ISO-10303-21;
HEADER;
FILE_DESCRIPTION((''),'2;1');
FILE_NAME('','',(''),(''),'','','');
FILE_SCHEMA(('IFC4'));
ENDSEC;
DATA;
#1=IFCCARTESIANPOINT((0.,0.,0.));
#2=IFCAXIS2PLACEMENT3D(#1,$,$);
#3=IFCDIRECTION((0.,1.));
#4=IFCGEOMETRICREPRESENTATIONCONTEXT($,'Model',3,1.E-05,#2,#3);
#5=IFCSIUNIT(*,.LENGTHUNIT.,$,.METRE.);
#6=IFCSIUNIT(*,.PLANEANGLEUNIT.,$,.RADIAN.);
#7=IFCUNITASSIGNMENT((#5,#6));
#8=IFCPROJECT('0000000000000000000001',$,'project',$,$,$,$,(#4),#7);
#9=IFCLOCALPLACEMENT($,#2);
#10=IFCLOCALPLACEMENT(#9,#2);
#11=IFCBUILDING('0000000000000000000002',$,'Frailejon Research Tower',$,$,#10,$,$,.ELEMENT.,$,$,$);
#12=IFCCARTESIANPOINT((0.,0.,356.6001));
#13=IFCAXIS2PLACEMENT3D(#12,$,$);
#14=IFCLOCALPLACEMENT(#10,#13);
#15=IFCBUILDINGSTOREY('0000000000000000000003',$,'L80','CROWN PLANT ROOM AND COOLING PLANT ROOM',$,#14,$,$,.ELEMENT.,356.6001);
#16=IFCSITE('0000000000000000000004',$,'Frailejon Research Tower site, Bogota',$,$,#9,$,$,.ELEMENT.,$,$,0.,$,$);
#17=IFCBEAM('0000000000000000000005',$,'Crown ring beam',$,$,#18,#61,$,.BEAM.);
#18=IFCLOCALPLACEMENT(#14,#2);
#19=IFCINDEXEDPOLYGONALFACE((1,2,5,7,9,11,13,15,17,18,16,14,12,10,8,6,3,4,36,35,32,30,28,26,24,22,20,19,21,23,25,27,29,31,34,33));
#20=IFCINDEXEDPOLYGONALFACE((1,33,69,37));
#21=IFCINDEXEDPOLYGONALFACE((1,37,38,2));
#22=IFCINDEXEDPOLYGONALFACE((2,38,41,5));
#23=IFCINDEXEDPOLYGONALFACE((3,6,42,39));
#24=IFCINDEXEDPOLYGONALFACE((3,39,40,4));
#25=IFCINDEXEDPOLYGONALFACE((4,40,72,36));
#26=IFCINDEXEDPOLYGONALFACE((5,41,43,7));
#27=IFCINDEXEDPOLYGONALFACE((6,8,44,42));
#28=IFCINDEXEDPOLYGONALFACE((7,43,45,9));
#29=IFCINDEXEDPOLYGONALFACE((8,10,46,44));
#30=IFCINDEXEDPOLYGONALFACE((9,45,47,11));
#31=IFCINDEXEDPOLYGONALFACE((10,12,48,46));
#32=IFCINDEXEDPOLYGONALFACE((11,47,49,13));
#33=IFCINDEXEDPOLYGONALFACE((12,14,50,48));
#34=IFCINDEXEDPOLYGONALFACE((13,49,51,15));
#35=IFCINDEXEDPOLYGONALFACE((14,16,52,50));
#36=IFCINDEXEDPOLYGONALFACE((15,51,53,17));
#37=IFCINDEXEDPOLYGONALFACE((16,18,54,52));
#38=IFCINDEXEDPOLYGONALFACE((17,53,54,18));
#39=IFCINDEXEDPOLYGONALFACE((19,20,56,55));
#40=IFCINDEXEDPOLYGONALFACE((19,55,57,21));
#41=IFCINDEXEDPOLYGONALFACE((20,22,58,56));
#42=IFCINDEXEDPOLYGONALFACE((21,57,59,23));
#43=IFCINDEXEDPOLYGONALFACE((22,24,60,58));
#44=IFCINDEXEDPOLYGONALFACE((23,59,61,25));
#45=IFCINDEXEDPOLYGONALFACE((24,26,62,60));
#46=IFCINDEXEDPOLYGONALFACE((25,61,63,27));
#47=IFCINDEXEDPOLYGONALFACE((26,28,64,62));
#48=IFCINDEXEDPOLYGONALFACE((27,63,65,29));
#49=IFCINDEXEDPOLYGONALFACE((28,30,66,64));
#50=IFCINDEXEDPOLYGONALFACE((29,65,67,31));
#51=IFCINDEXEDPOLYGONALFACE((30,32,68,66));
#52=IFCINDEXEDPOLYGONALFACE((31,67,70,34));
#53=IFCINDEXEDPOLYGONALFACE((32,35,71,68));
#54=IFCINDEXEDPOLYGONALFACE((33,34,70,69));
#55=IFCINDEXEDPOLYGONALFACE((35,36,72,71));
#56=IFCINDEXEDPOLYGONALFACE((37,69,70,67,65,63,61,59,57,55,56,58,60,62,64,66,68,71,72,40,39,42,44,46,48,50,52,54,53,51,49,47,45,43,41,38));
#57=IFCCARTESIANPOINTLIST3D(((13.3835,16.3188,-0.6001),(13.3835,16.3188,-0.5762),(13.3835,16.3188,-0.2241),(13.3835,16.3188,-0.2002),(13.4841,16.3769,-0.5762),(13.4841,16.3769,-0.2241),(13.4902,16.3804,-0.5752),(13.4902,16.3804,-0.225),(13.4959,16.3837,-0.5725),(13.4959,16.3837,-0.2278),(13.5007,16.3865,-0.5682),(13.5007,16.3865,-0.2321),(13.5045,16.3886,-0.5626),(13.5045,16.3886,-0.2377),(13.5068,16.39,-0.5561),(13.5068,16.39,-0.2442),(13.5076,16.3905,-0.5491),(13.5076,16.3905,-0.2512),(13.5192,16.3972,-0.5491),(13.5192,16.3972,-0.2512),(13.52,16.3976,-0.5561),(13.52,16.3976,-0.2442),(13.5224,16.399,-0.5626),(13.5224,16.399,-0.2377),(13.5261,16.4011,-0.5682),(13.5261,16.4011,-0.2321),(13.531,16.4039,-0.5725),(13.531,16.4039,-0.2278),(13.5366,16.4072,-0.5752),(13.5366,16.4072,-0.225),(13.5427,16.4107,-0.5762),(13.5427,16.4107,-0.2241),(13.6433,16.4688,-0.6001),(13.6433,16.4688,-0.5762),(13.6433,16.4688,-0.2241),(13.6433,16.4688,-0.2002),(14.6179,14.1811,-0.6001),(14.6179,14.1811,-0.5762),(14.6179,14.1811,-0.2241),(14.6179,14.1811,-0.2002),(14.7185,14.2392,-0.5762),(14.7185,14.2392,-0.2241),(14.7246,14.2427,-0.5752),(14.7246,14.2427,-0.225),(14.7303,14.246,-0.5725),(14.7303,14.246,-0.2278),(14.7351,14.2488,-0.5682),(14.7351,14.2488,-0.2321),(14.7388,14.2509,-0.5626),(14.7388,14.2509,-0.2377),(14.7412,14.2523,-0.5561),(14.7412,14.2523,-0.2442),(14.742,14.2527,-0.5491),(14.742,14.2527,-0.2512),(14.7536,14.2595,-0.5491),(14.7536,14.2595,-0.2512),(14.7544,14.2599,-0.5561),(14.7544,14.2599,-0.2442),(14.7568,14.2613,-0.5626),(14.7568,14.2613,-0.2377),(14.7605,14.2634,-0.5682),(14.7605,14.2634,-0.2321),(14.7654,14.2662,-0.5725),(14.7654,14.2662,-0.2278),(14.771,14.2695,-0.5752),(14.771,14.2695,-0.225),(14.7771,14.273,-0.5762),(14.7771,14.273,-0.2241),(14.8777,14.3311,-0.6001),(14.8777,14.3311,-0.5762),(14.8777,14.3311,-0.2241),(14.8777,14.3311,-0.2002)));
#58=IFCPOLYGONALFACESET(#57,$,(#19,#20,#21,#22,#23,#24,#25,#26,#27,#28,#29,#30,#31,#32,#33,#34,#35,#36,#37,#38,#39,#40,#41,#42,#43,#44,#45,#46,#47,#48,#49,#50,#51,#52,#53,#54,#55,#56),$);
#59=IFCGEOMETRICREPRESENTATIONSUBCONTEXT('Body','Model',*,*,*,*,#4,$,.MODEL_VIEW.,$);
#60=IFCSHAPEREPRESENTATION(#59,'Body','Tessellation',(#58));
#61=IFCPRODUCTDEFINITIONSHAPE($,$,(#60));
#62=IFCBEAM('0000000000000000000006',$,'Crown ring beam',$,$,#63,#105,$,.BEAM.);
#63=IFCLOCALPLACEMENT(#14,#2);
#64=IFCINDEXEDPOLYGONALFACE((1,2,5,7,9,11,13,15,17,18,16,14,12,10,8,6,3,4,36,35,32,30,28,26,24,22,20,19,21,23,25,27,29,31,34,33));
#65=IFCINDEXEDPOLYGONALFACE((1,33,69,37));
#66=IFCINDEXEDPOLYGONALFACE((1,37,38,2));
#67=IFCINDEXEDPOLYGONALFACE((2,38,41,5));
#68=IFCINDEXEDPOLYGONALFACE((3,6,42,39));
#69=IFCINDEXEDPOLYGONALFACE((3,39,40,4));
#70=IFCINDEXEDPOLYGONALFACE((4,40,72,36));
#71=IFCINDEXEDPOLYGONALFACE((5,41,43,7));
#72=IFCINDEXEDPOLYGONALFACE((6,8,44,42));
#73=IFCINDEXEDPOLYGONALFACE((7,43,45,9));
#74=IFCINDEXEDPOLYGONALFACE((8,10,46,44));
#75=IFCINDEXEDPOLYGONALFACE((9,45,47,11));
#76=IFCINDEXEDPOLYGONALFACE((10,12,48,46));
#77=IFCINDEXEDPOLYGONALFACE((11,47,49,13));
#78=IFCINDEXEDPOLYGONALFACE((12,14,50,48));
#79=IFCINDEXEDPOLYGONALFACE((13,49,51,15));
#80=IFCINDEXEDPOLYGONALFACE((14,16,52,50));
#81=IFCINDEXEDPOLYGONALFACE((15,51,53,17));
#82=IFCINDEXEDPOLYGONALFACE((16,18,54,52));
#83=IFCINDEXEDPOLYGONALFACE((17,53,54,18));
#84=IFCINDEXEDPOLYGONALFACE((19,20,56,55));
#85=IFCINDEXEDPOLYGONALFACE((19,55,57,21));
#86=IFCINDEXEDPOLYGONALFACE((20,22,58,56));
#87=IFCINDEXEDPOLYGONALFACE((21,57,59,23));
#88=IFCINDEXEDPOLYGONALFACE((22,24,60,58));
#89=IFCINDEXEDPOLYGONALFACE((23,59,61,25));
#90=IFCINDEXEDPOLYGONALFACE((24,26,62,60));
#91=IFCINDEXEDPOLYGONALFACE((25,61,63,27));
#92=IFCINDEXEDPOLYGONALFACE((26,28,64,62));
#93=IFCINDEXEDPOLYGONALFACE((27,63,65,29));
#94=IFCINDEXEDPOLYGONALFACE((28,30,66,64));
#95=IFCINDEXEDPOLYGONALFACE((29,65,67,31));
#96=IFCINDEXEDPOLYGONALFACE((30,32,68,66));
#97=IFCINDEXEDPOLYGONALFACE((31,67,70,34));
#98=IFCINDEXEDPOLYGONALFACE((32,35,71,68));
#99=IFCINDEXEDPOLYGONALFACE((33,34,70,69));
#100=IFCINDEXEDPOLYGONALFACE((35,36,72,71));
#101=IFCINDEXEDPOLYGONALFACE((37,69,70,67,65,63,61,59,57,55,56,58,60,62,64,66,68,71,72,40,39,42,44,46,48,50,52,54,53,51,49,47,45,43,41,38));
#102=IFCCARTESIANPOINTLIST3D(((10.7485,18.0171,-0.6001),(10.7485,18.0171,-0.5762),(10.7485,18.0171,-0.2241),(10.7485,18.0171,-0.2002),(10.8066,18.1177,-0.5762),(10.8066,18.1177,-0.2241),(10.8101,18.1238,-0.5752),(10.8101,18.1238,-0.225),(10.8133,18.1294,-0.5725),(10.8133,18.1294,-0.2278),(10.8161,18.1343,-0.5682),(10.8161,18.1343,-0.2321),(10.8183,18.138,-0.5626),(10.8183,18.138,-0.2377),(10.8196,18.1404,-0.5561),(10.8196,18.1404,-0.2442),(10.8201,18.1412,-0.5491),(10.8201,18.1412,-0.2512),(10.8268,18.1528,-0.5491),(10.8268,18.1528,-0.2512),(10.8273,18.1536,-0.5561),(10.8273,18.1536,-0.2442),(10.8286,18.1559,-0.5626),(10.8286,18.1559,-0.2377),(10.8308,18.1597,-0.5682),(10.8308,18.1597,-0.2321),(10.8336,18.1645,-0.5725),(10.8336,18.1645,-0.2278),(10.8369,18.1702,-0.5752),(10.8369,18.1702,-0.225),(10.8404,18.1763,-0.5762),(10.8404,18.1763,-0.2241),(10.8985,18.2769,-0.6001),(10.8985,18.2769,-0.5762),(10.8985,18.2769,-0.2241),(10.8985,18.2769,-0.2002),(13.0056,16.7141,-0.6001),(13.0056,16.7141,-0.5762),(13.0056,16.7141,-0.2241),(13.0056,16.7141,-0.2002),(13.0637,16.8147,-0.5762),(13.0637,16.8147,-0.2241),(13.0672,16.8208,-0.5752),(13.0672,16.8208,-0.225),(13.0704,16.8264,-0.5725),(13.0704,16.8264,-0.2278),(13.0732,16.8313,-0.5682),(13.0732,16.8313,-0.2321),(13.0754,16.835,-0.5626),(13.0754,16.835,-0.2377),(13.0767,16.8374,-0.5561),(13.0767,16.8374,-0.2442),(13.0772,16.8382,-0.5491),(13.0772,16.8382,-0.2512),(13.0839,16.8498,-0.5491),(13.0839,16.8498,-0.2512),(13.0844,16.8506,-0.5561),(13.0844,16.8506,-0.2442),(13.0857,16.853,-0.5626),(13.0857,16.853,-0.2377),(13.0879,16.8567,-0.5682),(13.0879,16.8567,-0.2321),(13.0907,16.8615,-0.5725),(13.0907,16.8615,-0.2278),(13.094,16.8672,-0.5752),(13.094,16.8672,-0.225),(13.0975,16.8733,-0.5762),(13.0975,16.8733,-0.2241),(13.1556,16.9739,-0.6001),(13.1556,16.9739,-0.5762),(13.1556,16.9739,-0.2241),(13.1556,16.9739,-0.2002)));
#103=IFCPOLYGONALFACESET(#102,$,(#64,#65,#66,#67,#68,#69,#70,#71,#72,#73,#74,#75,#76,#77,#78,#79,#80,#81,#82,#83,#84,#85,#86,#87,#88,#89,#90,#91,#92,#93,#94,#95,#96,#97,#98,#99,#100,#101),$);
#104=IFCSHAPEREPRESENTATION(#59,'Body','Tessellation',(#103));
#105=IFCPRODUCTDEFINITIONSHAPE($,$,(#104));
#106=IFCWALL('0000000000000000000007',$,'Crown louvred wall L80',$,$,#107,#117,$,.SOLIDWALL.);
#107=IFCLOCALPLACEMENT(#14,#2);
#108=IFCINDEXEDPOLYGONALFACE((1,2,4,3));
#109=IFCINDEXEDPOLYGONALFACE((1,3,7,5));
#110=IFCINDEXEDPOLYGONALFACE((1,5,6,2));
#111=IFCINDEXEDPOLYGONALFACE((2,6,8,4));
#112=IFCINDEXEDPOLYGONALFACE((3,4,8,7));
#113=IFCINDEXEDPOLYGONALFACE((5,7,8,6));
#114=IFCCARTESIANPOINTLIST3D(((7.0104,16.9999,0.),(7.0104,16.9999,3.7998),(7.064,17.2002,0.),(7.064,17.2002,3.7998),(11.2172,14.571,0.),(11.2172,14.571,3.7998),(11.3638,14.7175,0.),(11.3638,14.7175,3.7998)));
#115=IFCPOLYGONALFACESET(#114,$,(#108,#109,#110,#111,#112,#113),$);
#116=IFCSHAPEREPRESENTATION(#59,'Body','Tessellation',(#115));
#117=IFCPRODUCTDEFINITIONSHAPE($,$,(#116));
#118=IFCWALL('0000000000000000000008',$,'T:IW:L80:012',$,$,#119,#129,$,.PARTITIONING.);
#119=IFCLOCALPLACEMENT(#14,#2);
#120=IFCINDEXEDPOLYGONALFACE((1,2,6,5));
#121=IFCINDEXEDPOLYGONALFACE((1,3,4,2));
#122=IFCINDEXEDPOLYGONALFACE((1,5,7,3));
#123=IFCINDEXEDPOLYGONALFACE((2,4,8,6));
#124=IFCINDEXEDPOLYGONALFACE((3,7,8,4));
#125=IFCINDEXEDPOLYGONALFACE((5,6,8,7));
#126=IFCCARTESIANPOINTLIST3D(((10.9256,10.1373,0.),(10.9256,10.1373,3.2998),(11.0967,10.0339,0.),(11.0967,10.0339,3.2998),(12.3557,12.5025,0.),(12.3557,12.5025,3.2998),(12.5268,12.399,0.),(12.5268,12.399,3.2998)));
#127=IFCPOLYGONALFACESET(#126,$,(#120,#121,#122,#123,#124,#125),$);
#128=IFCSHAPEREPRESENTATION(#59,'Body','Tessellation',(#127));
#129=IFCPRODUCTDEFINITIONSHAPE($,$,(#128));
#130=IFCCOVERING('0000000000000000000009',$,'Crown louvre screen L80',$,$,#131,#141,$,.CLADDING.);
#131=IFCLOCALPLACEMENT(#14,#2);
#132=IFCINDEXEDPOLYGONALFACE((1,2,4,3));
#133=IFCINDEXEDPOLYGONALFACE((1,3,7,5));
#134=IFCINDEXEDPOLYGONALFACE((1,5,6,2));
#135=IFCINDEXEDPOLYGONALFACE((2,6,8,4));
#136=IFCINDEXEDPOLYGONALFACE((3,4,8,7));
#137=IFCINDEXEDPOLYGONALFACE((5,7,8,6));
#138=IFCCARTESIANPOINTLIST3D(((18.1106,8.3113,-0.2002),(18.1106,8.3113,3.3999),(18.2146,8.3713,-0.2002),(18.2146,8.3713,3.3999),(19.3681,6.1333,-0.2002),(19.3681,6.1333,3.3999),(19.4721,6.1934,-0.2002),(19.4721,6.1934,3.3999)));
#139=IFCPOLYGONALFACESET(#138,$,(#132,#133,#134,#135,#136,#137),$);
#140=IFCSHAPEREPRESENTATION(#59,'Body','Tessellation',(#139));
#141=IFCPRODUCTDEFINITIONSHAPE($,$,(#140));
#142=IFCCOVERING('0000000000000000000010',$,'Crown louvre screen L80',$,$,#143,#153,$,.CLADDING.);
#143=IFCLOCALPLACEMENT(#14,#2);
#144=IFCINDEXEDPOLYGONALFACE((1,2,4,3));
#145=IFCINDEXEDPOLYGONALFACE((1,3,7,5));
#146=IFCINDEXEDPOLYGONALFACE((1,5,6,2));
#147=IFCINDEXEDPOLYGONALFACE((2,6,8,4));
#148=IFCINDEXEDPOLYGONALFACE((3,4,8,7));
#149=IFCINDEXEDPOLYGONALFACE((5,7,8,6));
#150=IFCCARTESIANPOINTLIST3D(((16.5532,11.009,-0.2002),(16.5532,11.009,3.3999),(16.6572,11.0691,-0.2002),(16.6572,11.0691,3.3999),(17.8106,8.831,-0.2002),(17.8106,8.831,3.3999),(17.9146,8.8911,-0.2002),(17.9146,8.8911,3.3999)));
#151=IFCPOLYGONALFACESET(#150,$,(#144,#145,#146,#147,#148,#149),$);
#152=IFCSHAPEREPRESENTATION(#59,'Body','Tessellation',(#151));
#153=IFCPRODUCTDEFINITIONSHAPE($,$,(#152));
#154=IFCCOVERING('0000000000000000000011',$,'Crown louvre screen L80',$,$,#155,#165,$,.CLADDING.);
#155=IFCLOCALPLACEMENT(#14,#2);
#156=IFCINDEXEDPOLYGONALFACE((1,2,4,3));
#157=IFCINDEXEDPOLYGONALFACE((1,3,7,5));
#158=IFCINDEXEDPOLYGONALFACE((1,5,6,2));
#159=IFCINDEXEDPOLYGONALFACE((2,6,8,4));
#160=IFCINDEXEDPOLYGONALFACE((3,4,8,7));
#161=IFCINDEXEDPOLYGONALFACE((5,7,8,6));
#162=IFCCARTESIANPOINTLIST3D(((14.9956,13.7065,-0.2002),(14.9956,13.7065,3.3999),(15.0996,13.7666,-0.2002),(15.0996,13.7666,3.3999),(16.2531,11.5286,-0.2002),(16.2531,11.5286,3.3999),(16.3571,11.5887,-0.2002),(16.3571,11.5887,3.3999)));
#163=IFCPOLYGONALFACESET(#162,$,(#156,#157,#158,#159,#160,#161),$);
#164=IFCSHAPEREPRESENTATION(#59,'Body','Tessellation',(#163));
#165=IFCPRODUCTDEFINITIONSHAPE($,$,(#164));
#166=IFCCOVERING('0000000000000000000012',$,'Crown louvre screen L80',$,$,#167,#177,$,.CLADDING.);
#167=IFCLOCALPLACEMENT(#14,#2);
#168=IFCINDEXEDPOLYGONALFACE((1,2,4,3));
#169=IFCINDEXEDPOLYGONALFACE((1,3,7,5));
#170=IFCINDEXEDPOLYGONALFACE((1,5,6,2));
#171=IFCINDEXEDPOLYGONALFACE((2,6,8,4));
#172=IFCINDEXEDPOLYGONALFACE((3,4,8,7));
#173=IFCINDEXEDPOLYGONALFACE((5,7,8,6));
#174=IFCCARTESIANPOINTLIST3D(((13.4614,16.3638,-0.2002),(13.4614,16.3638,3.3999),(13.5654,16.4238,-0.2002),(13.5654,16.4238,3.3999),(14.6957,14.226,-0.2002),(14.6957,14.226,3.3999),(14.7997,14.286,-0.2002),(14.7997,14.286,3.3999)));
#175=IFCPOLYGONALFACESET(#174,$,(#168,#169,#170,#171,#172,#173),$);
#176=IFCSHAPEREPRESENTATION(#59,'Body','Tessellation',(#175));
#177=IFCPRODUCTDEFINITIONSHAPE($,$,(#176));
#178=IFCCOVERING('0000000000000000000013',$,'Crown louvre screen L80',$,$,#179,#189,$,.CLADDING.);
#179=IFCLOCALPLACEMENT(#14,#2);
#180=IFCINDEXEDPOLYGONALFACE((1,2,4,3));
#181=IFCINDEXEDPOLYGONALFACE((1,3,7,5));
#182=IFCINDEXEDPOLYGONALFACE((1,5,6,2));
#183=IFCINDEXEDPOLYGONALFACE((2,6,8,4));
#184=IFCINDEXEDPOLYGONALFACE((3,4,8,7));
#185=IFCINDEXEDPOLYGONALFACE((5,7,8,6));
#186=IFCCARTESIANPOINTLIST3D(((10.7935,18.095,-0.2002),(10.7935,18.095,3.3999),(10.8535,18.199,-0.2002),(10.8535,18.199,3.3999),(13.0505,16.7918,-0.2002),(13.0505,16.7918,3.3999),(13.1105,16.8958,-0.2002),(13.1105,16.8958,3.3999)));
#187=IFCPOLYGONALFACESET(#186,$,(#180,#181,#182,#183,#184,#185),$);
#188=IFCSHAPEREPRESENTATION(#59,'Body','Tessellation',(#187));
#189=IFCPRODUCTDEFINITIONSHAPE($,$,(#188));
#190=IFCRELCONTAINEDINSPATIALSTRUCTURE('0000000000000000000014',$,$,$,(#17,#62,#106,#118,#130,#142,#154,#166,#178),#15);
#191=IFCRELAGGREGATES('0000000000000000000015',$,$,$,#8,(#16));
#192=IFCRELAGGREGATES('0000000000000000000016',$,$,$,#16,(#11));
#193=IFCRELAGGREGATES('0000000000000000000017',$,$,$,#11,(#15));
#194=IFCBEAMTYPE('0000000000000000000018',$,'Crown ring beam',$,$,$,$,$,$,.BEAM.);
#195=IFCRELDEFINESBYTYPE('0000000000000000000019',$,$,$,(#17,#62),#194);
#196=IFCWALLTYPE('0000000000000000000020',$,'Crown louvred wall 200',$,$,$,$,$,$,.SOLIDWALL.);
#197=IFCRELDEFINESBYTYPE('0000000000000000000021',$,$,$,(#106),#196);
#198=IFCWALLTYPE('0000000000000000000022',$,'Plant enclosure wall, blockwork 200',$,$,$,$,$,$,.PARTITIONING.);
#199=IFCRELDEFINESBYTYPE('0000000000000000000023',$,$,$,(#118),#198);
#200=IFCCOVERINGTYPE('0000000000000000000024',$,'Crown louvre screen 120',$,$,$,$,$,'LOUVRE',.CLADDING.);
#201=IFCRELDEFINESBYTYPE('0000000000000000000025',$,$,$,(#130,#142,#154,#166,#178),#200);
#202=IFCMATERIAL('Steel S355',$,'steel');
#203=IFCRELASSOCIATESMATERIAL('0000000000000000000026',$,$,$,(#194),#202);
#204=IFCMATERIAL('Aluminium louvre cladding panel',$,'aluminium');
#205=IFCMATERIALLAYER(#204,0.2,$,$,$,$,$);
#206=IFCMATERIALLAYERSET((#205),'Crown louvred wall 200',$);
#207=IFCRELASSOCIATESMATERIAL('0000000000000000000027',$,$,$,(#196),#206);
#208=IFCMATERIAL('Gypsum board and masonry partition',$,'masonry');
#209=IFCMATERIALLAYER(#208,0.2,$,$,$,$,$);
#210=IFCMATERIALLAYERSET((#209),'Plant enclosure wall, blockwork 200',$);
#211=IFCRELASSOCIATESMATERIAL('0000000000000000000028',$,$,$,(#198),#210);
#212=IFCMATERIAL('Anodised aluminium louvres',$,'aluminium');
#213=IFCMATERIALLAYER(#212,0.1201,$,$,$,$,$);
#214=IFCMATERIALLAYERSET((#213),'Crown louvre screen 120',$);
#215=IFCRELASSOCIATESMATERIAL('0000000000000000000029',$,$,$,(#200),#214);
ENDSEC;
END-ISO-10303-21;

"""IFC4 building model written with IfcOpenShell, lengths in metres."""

from ifc_helpers import new_model, si_unit, direction, frame, frame_2d, origin, origin_2d, place, context, subcontext, project, spatial, polyline, rectangle, i_section, outline, extrude, material, layer, layer_set, material_profile, profile_set, type_object, element, save


model = new_model("IFC4")

# Units and contexts
model_context = context("Model", 3, precision=1e-05, world=origin(), true_north=direction((0.0, 1.0)))
body_context = subcontext(model_context, "Body", "Model", "MODEL_VIEW")
ifc_project = project(units=[si_unit("LENGTHUNIT", "METRE"), si_unit("PLANEANGLEUNIT", "RADIAN")], contexts=[model_context])

# Site, building, storey
site_placement = place(None, origin())
site = spatial("IfcSite", under=ifc_project, at=site_placement, Name="Frailejon Research Tower site, Bogota", CompositionType="ELEMENT", RefElevation=0.0)
building_placement = place(site_placement, origin())
building = spatial("IfcBuilding", under=site, at=building_placement, Name="Frailejon Research Tower", CompositionType="ELEMENT")
storey_placement = place(building_placement, frame((0.0, 0.0, 356.6001)))
storey = spatial("IfcBuildingStorey", under=building, at=storey_placement, Name="L80", Description="CROWN PLANT ROOM AND COOLING PLANT ROOM", CompositionType="ELEMENT", Elevation=356.6001)

# Beams
ifc_material_1 = material(Name="Steel S355", Category="steel")
ifc_material_profile_1 = material_profile(ifc_material_1, i_section(OverallWidth=0.3, OverallDepth=0.3999, WebThickness=0.0134, FlangeThickness=0.0239, FilletRadius=0.0271, at=origin_2d()), Name="HE 400 B")
ifc_profile_set_1 = profile_set([ifc_material_profile_1], Name="Steel S355")
beam_type_1 = type_object("IfcBeamType", Name="Crown ring beam", PredefinedType="BEAM", material=ifc_profile_set_1)
beam_1_placement = place(storey_placement, frame((14.7478, 14.2561, -0.4001), z_axis=(-0.500053, 0.865995, 0.0), x_axis=(-0.865995, -0.500053, 0.0)))
element("IfcBeam", 1, at=beam_1_placement, inside=storey, type_object=beam_type_1, Name="Crown ring beam", PredefinedType="BEAM", context=body_context, shape_type="SweptSolid", body=[
    extrude(i_section(OverallWidth=0.3, OverallDepth=0.3999, WebThickness=0.0134, FlangeThickness=0.0239, FilletRadius=0.0271, at=origin_2d()), origin(), (0.0, 0.0, 1.0), 2.4685),
])
beam_2_placement = place(storey_placement, frame((13.0806, 16.844, -0.4001), z_axis=(-0.86605, 0.499958, 0.0), x_axis=(-0.499958, -0.86605, 0.0)))
element("IfcBeam", 2, at=beam_2_placement, inside=storey, type_object=beam_type_1, Name="Crown ring beam", PredefinedType="BEAM", context=body_context, shape_type="SweptSolid", body=[
    extrude(i_section(OverallWidth=0.3, OverallDepth=0.3999, WebThickness=0.0134, FlangeThickness=0.0239, FilletRadius=0.0271, at=origin_2d()), origin(), (0.0, 0.0, 1.0), 2.6062),
])

# Walls
ifc_material_2 = material(Name="Aluminium louvre cladding panel", Category="aluminium")
ifc_layer_1 = layer(ifc_material_2, 0.2)
ifc_layer_set_1 = layer_set([ifc_layer_1], Name="Crown louvred wall 200")
wall_type_1 = type_object("IfcWallType", Name="Crown louvred wall 200", PredefinedType="SOLIDWALL", material=ifc_layer_set_1)
wall_1_placement = place(storey_placement, frame((11.2905, 14.6443, 0.0), z_axis=(0.0, 0.0, 1.0), x_axis=(-0.866017, 0.500015, 0.0)))
element("IfcWall", 3, at=wall_1_placement, inside=storey, type_object=wall_type_1, Name="Crown louvred wall L80", PredefinedType="SOLIDWALL", context=body_context, shape_type="SweptSolid", body=[
    extrude(outline(polyline([(-0.0269, -0.1001), (4.9382, -0.1001), (4.8845, 0.1001), (0.0269, 0.1001), (-0.0269, -0.1001)])), origin(), (0.0, 0.0, 1.0), 3.7998),
])
ifc_material_3 = material(Name="Gypsum board and masonry partition", Category="masonry")
ifc_layer_2 = layer(ifc_material_3, 0.2)
ifc_layer_set_2 = layer_set([ifc_layer_2], Name="Plant enclosure wall, blockwork 200")
wall_type_2 = type_object("IfcWallType", Name="Plant enclosure wall, blockwork 200", PredefinedType="PARTITIONING", material=ifc_layer_set_2)
wall_2_placement = place(storey_placement, frame((11.0112, 10.0857, 0.0), z_axis=(0.0, 0.0, 1.0), x_axis=(0.517428, 0.855727, 0.0)))
element("IfcWall", 4, at=wall_2_placement, inside=storey, type_object=wall_type_2, Name="T:IW:L80:012", PredefinedType="PARTITIONING", context=body_context, shape_type="SweptSolid", body=[
    extrude(rectangle(XDim=2.7639, YDim=0.2, at=frame_2d((1.3818, 0.0))), origin(), (0.0, 0.0, 1.0), 3.2998),
])

# Coverings
ifc_material_4 = material(Name="Anodised aluminium louvres", Category="aluminium")
ifc_layer_3 = layer(ifc_material_4, 0.1201)
ifc_layer_set_3 = layer_set([ifc_layer_3], Name="Crown louvre screen 120")
covering_type = type_object("IfcCoveringType", Name="Crown louvre screen 120", ElementType="LOUVRE", PredefinedType="CLADDING", material=ifc_layer_set_3)
for number, where, z_axis, x_axis, name in (
    (5, (18.1626, 8.3413, -0.2002), (0.500009, -0.86602, 0.0), (0.86602, 0.500009, 0.0), "Crown louvre screen L80"),
    (6, (16.6052, 11.0391, -0.2002), (0.499979, -0.866037, 0.0), (0.866037, 0.499979, 0.0), "Crown louvre screen L80"),
    (7, (15.0476, 13.7366, -0.2002), (0.500009, -0.86602, 0.0), (0.86602, 0.500009, 0.0), "Crown louvre screen L80"),
):
    element("IfcCovering", number, at=place(storey_placement, frame(where, z_axis=z_axis, x_axis=x_axis)), inside=storey, type_object=covering_type, Name=name, PredefinedType="CLADDING", context=body_context, shape_type="SweptSolid", body=[
        extrude(outline(polyline([(-0.0601, 0.0), (0.0601, 0.0), (0.0601, 3.6001), (-0.0601, 3.6001), (-0.0601, 0.0)])), origin(), (0.0, 0.0, 1.0), 2.5149),
    ])
covering_1_placement = place(storey_placement, frame((13.5134, 16.3938, -0.2002), z_axis=(0.499999, -0.866026, 0.0), x_axis=(0.866026, 0.499999, 0.0)))
element("IfcCovering", 8, at=covering_1_placement, inside=storey, type_object=covering_type, Name="Crown louvre screen L80", PredefinedType="CLADDING", context=body_context, shape_type="SweptSolid", body=[
    extrude(outline(polyline([(-0.0601, 0.0), (0.0601, 0.0), (0.0601, 3.6001), (-0.0601, 3.6001), (-0.0601, 0.0)])), origin(), (0.0, 0.0, 1.0), 2.4685),
])
covering_2_placement = place(storey_placement, frame((10.8235, 18.147, -0.2002), z_axis=(0.866012, -0.500022, 0.0), x_axis=(0.500022, 0.866012, 0.0)))
element("IfcCovering", 9, at=covering_2_placement, inside=storey, type_object=covering_type, Name="Crown louvre screen L80", PredefinedType="CLADDING", context=body_context, shape_type="SweptSolid", body=[
    extrude(outline(polyline([(-0.0601, 0.0), (0.0601, 0.0), (0.0601, 3.6001), (-0.0601, 3.6001), (-0.0601, 0.0)])), origin(), (0.0, 0.0, 1.0), 2.6062),
])

save(model, "model.ifc")
